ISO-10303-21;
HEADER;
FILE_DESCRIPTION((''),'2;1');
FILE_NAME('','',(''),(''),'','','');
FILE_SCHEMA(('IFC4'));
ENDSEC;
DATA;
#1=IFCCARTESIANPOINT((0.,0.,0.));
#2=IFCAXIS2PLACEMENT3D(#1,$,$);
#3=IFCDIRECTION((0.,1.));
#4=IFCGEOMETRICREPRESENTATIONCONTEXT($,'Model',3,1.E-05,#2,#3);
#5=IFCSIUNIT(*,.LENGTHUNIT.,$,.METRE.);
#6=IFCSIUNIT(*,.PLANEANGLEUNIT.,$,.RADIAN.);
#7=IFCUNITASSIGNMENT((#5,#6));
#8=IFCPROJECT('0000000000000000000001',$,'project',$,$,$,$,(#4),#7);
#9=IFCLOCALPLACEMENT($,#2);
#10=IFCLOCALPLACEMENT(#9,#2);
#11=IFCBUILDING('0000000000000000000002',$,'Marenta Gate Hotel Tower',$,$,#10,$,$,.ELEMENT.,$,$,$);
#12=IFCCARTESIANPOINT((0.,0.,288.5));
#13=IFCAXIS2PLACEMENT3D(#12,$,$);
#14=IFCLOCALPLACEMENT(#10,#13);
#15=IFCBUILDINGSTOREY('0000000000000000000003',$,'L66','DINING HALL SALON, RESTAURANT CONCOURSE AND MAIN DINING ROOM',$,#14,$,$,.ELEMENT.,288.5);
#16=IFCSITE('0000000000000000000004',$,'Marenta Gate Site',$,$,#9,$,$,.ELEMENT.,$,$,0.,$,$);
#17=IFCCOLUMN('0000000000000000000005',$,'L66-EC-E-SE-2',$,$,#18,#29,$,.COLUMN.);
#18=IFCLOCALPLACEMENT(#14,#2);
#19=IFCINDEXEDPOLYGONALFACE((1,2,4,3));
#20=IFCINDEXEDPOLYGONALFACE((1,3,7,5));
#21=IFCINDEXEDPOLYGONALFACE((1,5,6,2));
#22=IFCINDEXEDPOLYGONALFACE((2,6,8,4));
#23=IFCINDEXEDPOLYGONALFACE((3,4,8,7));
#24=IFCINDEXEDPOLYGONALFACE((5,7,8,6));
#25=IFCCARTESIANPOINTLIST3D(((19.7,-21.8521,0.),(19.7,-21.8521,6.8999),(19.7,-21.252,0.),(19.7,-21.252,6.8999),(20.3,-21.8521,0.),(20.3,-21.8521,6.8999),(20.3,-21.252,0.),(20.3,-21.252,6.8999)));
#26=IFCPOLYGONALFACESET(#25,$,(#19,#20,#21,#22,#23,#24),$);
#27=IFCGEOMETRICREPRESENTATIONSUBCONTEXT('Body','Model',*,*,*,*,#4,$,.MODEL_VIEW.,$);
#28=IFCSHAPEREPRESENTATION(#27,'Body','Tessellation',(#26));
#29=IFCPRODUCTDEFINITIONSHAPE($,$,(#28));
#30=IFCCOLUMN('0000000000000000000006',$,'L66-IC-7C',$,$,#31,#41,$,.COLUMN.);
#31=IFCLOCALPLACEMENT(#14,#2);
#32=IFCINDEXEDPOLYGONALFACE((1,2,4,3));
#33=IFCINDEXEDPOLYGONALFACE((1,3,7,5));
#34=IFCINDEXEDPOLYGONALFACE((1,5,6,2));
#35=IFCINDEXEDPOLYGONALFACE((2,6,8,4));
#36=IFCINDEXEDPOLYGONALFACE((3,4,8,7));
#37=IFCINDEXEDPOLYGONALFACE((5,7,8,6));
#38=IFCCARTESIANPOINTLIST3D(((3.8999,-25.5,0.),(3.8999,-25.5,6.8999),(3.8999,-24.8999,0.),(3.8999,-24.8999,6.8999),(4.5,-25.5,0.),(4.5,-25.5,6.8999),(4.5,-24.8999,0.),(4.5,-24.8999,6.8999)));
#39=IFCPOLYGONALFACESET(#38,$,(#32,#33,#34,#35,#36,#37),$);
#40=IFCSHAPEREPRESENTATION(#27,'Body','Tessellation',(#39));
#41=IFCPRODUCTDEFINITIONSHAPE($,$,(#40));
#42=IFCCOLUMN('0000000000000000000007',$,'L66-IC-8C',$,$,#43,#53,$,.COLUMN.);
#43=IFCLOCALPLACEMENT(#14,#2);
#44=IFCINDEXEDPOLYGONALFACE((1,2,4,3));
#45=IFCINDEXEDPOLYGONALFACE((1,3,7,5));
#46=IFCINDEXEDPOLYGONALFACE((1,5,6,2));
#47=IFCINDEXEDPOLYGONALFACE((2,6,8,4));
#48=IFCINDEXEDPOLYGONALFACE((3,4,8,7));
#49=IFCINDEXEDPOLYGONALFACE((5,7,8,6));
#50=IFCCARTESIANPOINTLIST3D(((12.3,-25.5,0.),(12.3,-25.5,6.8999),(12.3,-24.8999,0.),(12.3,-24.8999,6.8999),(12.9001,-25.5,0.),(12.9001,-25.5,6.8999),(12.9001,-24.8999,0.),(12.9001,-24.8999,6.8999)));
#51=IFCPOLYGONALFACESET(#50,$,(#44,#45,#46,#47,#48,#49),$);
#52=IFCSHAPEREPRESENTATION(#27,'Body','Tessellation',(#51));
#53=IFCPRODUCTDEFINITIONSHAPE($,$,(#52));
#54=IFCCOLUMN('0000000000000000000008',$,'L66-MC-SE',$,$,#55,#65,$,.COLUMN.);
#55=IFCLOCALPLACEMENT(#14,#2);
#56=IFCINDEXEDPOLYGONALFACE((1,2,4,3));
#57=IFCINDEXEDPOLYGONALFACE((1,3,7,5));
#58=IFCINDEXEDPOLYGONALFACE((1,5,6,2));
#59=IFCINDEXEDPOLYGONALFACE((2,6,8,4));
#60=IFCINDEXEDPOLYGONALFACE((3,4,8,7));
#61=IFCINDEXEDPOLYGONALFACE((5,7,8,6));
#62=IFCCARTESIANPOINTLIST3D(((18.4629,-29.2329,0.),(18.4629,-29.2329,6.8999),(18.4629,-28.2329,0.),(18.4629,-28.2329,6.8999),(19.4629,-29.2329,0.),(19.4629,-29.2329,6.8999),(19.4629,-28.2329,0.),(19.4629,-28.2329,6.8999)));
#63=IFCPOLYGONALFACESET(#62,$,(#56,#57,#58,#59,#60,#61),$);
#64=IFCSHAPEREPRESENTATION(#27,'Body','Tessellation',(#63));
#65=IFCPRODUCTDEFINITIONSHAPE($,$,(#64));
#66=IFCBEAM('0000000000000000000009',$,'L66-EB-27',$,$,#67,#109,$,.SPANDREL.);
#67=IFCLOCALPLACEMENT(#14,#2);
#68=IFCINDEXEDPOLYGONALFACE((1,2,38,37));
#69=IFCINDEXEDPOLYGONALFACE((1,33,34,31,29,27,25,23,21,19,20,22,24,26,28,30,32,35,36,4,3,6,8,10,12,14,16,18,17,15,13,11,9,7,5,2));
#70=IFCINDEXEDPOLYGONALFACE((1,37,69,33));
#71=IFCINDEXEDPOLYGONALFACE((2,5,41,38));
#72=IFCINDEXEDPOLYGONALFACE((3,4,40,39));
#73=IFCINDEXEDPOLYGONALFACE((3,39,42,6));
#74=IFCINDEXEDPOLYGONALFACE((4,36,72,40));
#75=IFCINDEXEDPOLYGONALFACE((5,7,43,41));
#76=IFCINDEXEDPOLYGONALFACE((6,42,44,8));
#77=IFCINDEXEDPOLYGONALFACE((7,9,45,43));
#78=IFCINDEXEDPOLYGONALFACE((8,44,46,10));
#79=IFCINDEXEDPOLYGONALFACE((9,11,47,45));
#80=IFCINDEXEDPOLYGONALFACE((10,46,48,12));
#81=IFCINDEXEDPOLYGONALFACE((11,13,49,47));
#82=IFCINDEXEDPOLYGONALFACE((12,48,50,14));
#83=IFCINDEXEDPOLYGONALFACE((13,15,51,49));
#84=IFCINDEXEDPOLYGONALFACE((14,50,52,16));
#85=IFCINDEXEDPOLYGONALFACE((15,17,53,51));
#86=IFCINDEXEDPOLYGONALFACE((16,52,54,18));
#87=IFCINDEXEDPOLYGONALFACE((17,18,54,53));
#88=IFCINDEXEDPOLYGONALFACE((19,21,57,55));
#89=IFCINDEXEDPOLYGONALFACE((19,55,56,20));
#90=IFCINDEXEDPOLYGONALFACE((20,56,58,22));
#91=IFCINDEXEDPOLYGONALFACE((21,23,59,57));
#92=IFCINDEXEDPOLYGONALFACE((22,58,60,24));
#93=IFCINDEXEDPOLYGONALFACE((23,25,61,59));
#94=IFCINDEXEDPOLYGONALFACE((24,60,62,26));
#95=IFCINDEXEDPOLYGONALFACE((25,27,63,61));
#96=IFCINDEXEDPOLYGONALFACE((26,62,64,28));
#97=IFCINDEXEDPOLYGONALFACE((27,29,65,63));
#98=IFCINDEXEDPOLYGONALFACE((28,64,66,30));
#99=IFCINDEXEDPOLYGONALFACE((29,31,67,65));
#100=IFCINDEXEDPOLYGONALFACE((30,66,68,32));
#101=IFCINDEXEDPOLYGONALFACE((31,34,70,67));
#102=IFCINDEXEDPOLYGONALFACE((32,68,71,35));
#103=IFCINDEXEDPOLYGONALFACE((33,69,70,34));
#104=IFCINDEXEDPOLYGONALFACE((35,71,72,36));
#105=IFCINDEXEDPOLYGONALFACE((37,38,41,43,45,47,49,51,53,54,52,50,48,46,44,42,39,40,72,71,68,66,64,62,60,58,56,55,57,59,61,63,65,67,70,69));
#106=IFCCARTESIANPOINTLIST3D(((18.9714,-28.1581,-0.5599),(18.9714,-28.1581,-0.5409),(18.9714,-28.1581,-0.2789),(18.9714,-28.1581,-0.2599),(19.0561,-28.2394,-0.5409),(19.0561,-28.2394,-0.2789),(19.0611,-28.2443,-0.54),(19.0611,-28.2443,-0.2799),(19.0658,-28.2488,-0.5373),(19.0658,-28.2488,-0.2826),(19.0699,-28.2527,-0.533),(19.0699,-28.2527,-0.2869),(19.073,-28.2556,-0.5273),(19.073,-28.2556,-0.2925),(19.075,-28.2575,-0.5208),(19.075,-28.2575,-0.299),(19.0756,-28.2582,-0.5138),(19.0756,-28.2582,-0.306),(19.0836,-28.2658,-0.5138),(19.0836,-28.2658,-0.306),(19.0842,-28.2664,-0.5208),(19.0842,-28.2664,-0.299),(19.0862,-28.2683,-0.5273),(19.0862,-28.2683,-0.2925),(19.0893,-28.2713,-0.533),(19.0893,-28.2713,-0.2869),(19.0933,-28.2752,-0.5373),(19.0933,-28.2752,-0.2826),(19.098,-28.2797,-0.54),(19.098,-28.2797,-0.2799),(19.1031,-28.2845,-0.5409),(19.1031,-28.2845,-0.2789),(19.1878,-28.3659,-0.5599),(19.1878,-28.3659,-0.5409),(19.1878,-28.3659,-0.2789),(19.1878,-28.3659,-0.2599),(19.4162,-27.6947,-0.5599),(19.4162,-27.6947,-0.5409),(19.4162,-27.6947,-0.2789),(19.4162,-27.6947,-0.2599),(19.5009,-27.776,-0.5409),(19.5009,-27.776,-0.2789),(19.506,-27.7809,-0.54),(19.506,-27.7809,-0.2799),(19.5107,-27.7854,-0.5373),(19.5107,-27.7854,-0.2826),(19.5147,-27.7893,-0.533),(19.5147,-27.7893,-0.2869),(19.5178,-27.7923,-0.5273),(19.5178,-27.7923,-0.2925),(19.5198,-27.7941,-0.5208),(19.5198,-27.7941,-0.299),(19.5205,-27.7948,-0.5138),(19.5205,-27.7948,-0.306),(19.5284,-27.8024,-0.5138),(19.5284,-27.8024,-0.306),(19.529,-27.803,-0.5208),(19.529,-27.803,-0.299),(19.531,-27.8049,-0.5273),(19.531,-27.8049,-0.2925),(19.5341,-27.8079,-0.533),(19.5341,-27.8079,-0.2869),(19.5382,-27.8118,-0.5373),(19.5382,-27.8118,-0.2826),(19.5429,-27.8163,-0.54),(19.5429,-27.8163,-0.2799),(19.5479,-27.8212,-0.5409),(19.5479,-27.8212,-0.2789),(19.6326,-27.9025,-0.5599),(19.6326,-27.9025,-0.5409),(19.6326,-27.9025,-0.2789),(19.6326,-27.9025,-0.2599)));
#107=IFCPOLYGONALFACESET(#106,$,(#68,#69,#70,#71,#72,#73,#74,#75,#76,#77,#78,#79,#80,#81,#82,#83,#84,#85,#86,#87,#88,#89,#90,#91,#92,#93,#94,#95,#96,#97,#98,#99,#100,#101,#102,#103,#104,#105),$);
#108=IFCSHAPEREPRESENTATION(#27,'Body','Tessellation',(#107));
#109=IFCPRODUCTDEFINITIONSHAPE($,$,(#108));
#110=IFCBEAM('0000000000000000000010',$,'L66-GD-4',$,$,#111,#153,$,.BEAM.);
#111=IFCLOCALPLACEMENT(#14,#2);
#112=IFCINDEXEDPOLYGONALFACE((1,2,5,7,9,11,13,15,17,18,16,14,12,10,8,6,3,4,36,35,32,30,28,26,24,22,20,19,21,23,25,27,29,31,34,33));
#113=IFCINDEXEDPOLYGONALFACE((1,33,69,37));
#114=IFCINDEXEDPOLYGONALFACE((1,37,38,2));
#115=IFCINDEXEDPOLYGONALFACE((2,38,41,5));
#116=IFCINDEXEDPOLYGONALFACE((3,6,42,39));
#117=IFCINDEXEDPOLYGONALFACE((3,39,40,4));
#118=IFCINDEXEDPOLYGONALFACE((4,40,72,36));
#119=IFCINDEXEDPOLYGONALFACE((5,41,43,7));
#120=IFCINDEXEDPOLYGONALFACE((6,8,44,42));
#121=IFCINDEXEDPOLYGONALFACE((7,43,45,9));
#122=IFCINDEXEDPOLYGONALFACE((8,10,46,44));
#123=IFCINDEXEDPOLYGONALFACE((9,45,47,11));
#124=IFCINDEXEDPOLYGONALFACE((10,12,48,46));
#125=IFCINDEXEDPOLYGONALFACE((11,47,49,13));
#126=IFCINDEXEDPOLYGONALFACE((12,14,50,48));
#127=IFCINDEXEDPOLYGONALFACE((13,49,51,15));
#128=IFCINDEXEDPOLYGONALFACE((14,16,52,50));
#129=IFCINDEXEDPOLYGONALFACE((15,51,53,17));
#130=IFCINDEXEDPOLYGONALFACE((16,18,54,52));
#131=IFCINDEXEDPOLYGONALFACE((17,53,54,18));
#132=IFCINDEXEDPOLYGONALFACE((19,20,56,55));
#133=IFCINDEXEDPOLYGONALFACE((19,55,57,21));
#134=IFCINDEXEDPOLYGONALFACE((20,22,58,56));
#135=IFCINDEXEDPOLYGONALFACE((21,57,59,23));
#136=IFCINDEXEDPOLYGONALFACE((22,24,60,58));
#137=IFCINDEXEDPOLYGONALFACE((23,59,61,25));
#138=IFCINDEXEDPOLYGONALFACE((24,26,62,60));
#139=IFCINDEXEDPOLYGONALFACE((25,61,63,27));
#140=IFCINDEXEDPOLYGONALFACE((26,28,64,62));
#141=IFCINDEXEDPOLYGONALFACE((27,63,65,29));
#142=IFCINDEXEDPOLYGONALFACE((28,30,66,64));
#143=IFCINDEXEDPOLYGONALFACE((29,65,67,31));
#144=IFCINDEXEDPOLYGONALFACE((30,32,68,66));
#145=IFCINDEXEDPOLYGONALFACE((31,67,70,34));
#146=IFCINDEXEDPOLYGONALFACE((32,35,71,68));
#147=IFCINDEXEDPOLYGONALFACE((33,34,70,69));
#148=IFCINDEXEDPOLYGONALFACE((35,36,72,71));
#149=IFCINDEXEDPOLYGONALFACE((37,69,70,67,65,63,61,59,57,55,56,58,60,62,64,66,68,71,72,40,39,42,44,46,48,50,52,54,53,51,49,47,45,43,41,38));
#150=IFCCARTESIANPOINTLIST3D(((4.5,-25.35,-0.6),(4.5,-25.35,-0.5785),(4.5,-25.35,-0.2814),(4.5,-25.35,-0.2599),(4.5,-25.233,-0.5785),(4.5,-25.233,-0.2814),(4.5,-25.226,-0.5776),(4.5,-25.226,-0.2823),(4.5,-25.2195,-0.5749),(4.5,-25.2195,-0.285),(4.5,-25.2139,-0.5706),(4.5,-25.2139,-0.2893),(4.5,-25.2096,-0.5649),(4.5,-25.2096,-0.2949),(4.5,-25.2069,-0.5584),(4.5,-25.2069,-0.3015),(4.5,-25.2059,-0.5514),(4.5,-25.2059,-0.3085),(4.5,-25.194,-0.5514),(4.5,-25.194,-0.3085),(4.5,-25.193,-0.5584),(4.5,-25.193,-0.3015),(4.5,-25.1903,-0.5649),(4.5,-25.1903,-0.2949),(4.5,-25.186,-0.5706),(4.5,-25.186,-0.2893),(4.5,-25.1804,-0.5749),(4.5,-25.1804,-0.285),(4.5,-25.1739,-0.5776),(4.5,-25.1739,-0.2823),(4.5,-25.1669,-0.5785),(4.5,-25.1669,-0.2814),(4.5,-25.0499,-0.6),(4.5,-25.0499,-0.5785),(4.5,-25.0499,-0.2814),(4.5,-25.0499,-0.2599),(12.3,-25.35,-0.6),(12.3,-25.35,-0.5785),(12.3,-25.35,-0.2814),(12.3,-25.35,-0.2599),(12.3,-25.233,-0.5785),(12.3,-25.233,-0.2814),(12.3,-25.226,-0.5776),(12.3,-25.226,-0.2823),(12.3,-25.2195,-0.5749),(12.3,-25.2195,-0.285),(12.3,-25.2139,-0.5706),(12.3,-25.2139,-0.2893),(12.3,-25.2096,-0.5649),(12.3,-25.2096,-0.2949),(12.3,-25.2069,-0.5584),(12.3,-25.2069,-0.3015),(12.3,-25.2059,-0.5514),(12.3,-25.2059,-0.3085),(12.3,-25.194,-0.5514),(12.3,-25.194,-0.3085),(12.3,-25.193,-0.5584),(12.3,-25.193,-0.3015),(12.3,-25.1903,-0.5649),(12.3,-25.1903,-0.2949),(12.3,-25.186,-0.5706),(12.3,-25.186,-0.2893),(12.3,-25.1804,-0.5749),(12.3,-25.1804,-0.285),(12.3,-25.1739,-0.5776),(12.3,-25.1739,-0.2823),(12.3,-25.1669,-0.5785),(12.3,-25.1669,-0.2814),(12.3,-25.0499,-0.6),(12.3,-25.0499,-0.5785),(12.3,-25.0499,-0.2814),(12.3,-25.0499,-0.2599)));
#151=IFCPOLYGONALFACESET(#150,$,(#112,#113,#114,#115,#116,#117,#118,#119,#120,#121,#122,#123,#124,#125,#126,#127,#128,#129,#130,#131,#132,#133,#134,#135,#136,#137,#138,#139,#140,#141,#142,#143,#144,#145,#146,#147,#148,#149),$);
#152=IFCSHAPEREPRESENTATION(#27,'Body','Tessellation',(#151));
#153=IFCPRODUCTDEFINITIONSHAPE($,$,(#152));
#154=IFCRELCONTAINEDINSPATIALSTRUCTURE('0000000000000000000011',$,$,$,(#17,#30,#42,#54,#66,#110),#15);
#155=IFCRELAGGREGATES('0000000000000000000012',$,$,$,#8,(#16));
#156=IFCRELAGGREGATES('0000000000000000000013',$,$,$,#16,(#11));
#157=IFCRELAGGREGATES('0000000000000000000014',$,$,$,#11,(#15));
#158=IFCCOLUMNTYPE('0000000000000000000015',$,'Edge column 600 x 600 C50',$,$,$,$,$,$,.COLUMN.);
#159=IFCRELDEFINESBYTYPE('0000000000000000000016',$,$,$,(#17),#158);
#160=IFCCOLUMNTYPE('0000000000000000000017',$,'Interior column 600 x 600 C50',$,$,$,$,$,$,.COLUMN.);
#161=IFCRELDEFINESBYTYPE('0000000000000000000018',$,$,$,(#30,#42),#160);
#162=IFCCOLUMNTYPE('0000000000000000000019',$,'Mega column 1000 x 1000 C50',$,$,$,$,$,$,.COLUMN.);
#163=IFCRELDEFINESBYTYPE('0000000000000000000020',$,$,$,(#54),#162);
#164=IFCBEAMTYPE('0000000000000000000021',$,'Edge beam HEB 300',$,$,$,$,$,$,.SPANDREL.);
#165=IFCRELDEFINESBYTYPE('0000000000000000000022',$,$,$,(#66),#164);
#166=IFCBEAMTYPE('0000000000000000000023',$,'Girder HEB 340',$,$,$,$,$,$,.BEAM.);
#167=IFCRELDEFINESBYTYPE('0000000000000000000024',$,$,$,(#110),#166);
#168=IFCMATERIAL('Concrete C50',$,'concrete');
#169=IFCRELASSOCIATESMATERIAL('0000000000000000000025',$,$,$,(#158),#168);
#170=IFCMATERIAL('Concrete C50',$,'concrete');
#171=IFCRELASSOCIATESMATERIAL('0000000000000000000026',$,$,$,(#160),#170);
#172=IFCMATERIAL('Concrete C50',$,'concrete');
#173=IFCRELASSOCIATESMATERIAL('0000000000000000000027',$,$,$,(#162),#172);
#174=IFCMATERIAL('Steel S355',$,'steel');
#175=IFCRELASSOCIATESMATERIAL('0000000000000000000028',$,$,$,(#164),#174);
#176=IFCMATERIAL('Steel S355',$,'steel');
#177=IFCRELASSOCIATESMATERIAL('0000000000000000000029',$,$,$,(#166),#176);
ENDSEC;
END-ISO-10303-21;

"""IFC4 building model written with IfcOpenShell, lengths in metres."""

from ifc_helpers import new_model, si_unit, direction, frame, origin, origin_2d, place, context, subcontext, project, spatial, rectangle, i_section, extrude, material, material_profile, profile_set, type_object, element, save


model = new_model("IFC4")

# Units and contexts
model_context = context("Model", 3, precision=1e-05, world=origin(), true_north=direction((0.0, 1.0)))
body_context = subcontext(model_context, "Body", "Model", "MODEL_VIEW")
ifc_project = project(units=[si_unit("LENGTHUNIT", "METRE"), si_unit("PLANEANGLEUNIT", "RADIAN")], contexts=[model_context])

# Site, building, storey
site_placement = place(None, origin())
site = spatial("IfcSite", under=ifc_project, at=site_placement, Name="Marenta Gate Site", CompositionType="ELEMENT", RefElevation=0.0)
building_placement = place(site_placement, origin())
building = spatial("IfcBuilding", under=site, at=building_placement, Name="Marenta Gate Hotel Tower", CompositionType="ELEMENT")
storey_placement = place(building_placement, frame((0.0, 0.0, 288.5)))
storey = spatial("IfcBuildingStorey", under=building, at=storey_placement, Name="L66", Description="DINING HALL SALON, RESTAURANT CONCOURSE AND MAIN DINING ROOM", CompositionType="ELEMENT", Elevation=288.5)

# Columns
ifc_material_1 = material(Name="Concrete C50", Category="concrete")
ifc_material_profile_1 = material_profile(ifc_material_1, rectangle(XDim=0.6001, YDim=0.6001, at=origin_2d()), Name="600 x 600")
ifc_profile_set_1 = profile_set([ifc_material_profile_1], Name="Concrete C50")
column_type_1 = type_object("IfcColumnType", Name="Edge column 600 x 600 C50", PredefinedType="COLUMN", material=ifc_profile_set_1)
column_1_placement = place(storey_placement, frame((20.0, -21.552, 0.0), z_axis=(0.0, 0.0, 1.0), x_axis=(1.0, 0.0, 0.0)))
element("IfcColumn", 1, at=column_1_placement, inside=storey, type_object=column_type_1, Name="L66-EC-E-SE-2", PredefinedType="COLUMN", context=body_context, shape_type="SweptSolid", body=[
    extrude(rectangle(XDim=0.6001, YDim=0.6001, at=origin_2d()), origin(), (0.0, 0.0, 1.0), 6.8999),
])
ifc_material_2 = material(Name="Concrete C50", Category="concrete")
ifc_material_profile_2 = material_profile(ifc_material_2, rectangle(XDim=0.6001, YDim=0.6001, at=origin_2d()), Name="600 x 600")
ifc_profile_set_2 = profile_set([ifc_material_profile_2], Name="Concrete C50")
column_type_2 = type_object("IfcColumnType", Name="Interior column 600 x 600 C50", PredefinedType="COLUMN", material=ifc_profile_set_2)
for number, where, z_axis, x_axis, name in (
    (2, (4.2, -25.2, 0.0), (0.0, 0.0, 1.0), (1.0, 0.0, 0.0), "L66-IC-7C"),
    (3, (12.6001, -25.2, 0.0), (0.0, 0.0, 1.0), (1.0, 0.0, 0.0), "L66-IC-8C"),
):
    element("IfcColumn", number, at=place(storey_placement, frame(where, z_axis=z_axis, x_axis=x_axis)), inside=storey, type_object=column_type_2, Name=name, PredefinedType="COLUMN", context=body_context, shape_type="SweptSolid", body=[
        extrude(rectangle(XDim=0.6001, YDim=0.6001, at=origin_2d()), origin(), (0.0, 0.0, 1.0), 6.8999),
    ])
ifc_material_3 = material(Name="Concrete C50", Category="concrete")
ifc_material_profile_3 = material_profile(ifc_material_3, rectangle(XDim=1.0, YDim=1.0, at=origin_2d()), Name="1000 x 1000")
ifc_profile_set_3 = profile_set([ifc_material_profile_3], Name="Concrete C50")
column_type_3 = type_object("IfcColumnType", Name="Mega column 1000 x 1000 C50", PredefinedType="COLUMN", material=ifc_profile_set_3)
column_2_placement = place(storey_placement, frame((18.9629, -28.7329, 0.0), z_axis=(0.0, 0.0, 1.0), x_axis=(1.0, 0.0, 0.0)))
element("IfcColumn", 4, at=column_2_placement, inside=storey, type_object=column_type_3, Name="L66-MC-SE", PredefinedType="COLUMN", context=body_context, shape_type="SweptSolid", body=[
    extrude(rectangle(XDim=1.0, YDim=1.0, at=origin_2d()), origin(), (0.0, 0.0, 1.0), 6.8999),
])

# Beams
ifc_material_4 = material(Name="Steel S355", Category="steel")
ifc_material_profile_4 = material_profile(ifc_material_4, i_section(OverallWidth=0.3, OverallDepth=0.3, WebThickness=0.011, FlangeThickness=0.019, FilletRadius=0.0271, at=origin_2d()), Name="HEB 300")
ifc_profile_set_4 = profile_set([ifc_material_profile_4], Name="Steel S355")
beam_type_1 = type_object("IfcBeamType", Name="Edge beam HEB 300", PredefinedType="SPANDREL", material=ifc_profile_set_4)
beam_1_placement = place(storey_placement, frame((19.5244, -27.7986, -0.4099), z_axis=(-0.692516, -0.721403, 0.0), x_axis=(0.721403, -0.692516, 0.0)))
element("IfcBeam", 5, at=beam_1_placement, inside=storey, type_object=beam_type_1, Name="L66-EB-27", PredefinedType="SPANDREL", context=body_context, shape_type="SweptSolid", body=[
    extrude(i_section(OverallWidth=0.3, OverallDepth=0.3, WebThickness=0.011, FlangeThickness=0.019, FilletRadius=0.0271, at=origin_2d()), origin(), (0.0, 0.0, 1.0), 0.6423),
])
ifc_material_5 = material(Name="Steel S355", Category="steel")
ifc_material_profile_5 = material_profile(ifc_material_5, i_section(OverallWidth=0.3, OverallDepth=0.3401, WebThickness=0.012, FlangeThickness=0.0215, FilletRadius=0.0271, at=origin_2d()), Name="HEB 340")
ifc_profile_set_5 = profile_set([ifc_material_profile_5], Name="Steel S355")
beam_type_2 = type_object("IfcBeamType", Name="Girder HEB 340", PredefinedType="BEAM", material=ifc_profile_set_5)
beam_2_placement = place(storey_placement, frame((4.5, -25.2, -0.4299), z_axis=(1.0, 0.0, 0.0), x_axis=(0.0, 1.0, 0.0)))
element("IfcBeam", 6, at=beam_2_placement, inside=storey, type_object=beam_type_2, Name="L66-GD-4", PredefinedType="BEAM", context=body_context, shape_type="SweptSolid", body=[
    extrude(i_section(OverallWidth=0.3, OverallDepth=0.3401, WebThickness=0.012, FlangeThickness=0.0215, FilletRadius=0.0271, at=origin_2d()), origin(), (0.0, 0.0, 1.0), 7.8),
])

save(model, "model.ifc")
